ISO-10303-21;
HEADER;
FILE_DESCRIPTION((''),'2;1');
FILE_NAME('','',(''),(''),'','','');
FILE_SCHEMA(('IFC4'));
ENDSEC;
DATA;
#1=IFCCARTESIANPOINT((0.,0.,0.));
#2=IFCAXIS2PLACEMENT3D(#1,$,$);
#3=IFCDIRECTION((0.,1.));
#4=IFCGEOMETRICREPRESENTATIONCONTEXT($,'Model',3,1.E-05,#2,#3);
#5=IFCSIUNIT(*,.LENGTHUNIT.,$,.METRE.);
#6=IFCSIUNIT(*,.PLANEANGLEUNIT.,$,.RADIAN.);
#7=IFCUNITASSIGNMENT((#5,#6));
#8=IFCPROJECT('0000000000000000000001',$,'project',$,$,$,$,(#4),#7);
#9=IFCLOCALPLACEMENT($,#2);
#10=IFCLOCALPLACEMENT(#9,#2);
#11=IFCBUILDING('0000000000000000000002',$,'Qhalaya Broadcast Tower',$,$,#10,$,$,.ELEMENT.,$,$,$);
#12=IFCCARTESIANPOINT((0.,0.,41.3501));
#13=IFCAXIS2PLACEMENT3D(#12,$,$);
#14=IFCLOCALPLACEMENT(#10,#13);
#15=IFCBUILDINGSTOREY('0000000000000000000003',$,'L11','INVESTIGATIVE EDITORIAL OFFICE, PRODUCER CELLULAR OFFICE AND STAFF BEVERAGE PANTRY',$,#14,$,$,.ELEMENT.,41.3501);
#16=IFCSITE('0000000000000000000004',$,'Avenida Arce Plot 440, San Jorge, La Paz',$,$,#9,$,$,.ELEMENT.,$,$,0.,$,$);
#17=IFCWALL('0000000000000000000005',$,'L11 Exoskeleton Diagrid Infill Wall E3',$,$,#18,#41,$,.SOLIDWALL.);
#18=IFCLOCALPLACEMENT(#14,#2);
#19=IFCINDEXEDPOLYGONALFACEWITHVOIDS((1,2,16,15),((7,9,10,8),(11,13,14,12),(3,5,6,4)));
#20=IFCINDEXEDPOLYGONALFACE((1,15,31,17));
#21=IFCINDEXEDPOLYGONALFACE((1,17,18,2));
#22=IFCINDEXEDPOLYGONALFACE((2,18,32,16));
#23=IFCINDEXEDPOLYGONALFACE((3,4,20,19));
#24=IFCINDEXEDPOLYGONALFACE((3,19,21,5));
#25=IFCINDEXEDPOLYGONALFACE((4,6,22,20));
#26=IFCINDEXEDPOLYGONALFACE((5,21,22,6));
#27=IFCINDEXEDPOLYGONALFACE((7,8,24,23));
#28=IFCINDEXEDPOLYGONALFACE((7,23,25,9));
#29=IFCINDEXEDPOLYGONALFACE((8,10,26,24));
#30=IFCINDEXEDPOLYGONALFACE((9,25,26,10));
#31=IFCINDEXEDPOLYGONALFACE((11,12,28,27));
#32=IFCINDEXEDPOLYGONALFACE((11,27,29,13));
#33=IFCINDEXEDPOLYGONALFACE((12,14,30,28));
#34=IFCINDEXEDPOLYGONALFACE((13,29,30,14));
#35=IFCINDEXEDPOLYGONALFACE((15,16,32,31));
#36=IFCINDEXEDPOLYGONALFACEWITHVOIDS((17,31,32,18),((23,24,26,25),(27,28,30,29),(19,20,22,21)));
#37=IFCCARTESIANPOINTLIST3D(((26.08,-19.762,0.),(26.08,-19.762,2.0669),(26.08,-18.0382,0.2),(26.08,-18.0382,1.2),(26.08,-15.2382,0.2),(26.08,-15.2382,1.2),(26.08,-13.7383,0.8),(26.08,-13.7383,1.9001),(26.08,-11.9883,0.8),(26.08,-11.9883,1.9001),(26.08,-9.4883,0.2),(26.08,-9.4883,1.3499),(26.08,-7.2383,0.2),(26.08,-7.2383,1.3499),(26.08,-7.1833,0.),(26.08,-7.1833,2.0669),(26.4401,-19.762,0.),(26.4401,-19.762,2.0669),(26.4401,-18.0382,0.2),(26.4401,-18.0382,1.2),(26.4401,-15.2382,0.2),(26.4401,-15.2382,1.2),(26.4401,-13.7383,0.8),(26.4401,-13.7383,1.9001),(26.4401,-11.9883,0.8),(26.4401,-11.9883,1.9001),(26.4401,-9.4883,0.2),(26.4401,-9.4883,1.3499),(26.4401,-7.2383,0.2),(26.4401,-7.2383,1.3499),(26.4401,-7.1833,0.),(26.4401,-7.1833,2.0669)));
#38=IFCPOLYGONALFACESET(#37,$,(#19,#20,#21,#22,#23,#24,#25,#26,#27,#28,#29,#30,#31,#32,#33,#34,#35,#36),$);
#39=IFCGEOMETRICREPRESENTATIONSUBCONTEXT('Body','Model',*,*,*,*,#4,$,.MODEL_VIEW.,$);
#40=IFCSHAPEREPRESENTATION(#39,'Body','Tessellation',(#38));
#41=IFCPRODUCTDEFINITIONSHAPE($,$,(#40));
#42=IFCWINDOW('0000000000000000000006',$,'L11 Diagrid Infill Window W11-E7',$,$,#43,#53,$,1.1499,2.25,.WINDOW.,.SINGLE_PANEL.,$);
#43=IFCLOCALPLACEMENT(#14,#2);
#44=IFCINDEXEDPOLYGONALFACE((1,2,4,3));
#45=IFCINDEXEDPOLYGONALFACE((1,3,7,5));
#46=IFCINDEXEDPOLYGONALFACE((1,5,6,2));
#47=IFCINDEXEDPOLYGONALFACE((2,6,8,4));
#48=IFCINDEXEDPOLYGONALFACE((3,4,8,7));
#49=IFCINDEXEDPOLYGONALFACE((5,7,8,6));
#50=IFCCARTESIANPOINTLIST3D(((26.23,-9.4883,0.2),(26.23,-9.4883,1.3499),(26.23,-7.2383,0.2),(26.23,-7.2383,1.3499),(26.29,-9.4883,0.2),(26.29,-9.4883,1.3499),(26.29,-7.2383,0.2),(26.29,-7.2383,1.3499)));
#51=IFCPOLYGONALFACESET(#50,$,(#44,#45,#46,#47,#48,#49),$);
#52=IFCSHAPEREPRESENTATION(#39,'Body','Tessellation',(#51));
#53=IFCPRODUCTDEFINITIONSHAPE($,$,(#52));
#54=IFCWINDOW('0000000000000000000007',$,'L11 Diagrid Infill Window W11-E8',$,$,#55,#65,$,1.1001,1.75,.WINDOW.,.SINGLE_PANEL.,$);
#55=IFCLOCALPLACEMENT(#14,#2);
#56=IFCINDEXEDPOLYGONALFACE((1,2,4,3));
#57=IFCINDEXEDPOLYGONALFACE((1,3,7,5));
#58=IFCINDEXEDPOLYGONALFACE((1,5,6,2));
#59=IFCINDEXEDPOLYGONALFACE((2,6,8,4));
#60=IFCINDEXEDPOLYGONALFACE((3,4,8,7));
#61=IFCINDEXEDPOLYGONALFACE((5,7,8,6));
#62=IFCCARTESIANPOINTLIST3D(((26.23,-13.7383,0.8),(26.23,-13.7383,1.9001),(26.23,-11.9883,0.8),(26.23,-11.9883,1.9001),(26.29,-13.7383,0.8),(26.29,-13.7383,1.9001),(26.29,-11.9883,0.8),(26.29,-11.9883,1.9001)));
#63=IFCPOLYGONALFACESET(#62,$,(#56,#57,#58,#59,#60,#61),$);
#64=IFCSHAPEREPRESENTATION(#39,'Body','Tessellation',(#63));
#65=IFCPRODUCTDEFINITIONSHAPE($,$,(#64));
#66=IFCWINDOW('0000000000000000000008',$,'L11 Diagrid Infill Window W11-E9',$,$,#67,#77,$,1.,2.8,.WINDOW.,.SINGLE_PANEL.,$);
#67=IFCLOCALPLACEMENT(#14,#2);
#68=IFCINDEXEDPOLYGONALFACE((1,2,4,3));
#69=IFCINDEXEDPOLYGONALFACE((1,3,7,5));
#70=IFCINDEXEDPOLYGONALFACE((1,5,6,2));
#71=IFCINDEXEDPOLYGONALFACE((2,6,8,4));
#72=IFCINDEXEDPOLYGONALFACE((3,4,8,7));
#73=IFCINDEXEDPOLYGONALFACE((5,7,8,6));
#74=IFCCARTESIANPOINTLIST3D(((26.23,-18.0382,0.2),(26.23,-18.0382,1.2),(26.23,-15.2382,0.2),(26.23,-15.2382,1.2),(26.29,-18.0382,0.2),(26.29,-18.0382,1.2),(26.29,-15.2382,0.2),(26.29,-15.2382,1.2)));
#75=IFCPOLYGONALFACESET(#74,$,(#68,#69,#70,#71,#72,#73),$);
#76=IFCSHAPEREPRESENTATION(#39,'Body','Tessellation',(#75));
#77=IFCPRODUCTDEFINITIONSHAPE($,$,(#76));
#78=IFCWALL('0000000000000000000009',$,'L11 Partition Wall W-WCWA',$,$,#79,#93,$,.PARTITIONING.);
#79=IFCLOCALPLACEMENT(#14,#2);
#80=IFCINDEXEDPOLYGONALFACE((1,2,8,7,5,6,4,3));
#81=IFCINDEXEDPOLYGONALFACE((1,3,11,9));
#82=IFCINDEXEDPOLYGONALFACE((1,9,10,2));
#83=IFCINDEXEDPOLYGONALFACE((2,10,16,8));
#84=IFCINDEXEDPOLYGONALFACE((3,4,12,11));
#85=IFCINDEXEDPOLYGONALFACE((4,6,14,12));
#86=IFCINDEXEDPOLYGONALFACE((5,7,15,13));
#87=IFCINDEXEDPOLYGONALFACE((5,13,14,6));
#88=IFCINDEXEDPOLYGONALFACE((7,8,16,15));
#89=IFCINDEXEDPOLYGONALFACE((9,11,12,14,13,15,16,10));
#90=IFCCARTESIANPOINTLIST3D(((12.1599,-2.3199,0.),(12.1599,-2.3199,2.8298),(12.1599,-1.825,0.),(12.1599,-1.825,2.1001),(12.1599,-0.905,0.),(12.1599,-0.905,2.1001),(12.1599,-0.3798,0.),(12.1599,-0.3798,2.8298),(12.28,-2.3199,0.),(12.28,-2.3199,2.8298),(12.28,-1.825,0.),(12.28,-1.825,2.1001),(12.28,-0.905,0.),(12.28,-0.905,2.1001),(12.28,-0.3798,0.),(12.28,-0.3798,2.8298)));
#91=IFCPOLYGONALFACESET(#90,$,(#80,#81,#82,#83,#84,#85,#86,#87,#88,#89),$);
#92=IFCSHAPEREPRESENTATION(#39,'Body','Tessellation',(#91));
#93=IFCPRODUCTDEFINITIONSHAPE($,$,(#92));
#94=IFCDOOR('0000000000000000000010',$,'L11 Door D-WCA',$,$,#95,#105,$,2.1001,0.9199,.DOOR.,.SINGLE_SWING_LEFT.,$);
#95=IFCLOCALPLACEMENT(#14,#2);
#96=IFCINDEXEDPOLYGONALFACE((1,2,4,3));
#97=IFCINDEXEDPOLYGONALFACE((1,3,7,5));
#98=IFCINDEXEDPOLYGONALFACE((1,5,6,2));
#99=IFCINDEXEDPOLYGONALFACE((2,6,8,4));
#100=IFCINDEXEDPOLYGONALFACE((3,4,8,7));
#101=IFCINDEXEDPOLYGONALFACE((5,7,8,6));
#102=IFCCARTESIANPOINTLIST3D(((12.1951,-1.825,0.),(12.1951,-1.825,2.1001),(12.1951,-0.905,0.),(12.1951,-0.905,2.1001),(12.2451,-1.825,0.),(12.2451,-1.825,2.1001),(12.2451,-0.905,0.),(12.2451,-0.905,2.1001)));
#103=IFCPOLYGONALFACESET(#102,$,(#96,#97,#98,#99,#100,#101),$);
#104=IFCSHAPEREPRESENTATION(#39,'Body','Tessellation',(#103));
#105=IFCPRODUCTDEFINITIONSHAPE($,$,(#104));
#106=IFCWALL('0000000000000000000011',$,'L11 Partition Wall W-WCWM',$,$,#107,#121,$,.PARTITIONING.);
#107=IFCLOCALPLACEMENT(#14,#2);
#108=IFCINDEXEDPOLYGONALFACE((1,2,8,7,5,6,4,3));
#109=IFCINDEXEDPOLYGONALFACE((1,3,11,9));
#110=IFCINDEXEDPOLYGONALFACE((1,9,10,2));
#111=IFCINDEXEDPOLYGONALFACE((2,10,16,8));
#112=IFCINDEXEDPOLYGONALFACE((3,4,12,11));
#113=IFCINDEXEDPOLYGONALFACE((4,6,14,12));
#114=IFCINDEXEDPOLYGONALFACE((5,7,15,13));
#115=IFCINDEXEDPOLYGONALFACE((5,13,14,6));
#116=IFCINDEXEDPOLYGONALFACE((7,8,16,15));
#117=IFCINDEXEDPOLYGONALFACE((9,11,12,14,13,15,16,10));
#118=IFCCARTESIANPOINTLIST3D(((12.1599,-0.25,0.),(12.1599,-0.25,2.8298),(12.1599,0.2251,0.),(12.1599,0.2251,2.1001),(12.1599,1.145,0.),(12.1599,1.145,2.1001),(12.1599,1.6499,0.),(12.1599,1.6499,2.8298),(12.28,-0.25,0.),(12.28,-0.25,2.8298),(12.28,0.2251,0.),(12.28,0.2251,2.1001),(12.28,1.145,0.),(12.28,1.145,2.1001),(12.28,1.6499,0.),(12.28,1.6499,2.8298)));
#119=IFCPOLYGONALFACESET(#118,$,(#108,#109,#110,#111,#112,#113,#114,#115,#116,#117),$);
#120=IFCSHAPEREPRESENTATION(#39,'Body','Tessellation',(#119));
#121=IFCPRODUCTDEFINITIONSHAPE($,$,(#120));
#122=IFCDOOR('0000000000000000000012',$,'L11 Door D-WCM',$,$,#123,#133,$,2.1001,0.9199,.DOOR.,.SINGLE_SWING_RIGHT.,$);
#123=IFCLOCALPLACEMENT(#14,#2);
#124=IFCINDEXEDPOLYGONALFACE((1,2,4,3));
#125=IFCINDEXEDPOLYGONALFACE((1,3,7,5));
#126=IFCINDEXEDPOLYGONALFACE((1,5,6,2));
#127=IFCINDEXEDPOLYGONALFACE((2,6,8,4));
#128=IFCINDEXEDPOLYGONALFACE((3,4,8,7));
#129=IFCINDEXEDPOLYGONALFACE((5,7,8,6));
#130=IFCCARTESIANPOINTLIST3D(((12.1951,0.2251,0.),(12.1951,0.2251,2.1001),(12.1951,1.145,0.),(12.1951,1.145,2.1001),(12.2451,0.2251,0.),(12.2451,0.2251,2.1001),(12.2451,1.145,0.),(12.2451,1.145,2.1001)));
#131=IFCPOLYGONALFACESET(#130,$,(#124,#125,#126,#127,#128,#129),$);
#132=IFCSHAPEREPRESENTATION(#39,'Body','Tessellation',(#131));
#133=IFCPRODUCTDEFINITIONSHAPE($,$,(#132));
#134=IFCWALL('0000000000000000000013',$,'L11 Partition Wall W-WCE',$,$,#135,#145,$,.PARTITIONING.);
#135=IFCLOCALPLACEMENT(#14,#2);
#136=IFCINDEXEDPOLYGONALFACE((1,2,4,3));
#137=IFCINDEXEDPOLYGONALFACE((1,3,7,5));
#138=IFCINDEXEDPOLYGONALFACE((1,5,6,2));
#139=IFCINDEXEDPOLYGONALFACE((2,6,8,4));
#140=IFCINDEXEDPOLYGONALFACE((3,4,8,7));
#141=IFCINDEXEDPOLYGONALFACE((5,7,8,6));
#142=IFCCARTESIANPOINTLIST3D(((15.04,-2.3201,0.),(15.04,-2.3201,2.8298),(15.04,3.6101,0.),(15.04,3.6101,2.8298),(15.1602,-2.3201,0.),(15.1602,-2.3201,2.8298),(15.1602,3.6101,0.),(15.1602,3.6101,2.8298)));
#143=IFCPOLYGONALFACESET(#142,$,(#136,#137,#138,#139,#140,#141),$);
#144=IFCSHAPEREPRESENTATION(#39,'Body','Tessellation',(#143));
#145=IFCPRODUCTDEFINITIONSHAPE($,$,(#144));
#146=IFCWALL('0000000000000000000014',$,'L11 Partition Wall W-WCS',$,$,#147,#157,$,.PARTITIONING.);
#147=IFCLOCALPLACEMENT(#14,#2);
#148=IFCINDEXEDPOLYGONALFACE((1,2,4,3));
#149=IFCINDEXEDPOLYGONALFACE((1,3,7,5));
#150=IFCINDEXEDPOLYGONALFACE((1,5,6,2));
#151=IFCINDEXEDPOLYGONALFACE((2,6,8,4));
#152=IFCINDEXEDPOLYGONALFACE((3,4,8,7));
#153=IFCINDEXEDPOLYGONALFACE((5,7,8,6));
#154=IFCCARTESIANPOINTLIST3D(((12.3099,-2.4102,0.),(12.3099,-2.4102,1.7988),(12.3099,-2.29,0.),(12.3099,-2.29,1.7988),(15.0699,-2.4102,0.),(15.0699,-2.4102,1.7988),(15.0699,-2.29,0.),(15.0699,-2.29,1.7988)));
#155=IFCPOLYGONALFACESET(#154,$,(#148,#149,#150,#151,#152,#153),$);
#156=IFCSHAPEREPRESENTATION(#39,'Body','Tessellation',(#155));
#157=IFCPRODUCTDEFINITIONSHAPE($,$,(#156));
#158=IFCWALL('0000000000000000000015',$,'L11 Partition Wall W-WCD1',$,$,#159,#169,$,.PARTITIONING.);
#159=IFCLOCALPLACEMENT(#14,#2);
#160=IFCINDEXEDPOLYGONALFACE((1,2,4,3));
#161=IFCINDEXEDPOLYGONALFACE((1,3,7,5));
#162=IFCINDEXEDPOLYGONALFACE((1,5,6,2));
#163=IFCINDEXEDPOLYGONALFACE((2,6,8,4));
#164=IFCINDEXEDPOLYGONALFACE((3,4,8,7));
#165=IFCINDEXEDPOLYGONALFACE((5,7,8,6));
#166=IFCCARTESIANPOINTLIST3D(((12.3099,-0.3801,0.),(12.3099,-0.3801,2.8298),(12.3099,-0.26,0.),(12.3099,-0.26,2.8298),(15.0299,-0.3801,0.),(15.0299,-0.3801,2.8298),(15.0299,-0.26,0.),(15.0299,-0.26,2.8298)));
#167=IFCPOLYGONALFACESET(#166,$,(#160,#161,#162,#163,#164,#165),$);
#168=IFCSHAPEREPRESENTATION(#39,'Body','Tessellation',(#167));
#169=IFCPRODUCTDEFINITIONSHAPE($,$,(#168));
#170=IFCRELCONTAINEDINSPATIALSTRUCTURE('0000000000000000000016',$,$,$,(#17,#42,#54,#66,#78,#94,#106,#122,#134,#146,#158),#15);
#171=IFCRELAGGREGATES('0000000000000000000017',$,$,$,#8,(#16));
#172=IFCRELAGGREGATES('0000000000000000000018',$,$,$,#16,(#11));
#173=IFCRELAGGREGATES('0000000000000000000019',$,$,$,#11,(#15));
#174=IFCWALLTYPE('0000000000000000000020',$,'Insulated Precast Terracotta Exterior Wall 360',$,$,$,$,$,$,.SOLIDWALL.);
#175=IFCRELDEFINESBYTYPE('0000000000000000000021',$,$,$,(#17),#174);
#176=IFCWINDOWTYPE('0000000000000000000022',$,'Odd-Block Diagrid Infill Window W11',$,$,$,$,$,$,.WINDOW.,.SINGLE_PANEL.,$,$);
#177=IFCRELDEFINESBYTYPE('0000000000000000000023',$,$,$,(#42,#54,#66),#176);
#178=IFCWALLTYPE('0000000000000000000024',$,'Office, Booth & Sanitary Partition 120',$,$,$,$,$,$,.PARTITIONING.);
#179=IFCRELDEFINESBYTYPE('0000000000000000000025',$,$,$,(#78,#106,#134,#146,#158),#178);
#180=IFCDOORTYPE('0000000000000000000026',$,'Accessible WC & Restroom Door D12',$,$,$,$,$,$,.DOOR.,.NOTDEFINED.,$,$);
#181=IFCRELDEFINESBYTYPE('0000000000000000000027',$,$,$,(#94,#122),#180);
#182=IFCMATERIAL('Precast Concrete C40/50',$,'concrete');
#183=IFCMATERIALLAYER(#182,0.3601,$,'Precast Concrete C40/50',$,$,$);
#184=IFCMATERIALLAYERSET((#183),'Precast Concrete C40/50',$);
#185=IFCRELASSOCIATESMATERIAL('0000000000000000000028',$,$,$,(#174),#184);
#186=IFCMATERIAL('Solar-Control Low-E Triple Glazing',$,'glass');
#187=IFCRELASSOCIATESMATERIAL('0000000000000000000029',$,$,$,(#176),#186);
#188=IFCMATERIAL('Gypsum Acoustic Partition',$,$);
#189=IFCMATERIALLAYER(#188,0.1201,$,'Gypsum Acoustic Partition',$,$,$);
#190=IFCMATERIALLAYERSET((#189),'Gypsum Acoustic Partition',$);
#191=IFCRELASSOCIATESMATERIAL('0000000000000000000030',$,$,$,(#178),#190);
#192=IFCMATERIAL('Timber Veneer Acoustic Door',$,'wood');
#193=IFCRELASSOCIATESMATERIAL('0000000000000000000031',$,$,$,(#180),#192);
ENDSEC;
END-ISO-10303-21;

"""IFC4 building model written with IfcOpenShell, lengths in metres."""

from ifc_helpers import new_model, si_unit, direction, frame, frame_2d, origin, place, context, subcontext, project, spatial, rectangle, extrude, material, layer, layer_set, type_object, element, fill, save


model = new_model("IFC4")

# Units and contexts
model_context = context("Model", 3, precision=1e-05, world=origin(), true_north=direction((0.0, 1.0)))
body_context = subcontext(model_context, "Body", "Model", "MODEL_VIEW")
ifc_project = project(units=[si_unit("LENGTHUNIT", "METRE"), si_unit("PLANEANGLEUNIT", "RADIAN")], contexts=[model_context])

# Site, building, storey
site_placement = place(None, origin())
site = spatial("IfcSite", under=ifc_project, at=site_placement, Name="Avenida Arce Plot 440, San Jorge, La Paz", CompositionType="ELEMENT", RefElevation=0.0)
building_placement = place(site_placement, origin())
building = spatial("IfcBuilding", under=site, at=building_placement, Name="Qhalaya Broadcast Tower", CompositionType="ELEMENT")
storey_placement = place(building_placement, frame((0.0, 0.0, 41.3501)))
storey = spatial("IfcBuildingStorey", under=building, at=storey_placement, Name="L11", Description="INVESTIGATIVE EDITORIAL OFFICE, PRODUCER CELLULAR OFFICE AND STAFF BEVERAGE PANTRY", CompositionType="ELEMENT", Elevation=41.3501)

# Wall, openings, windows
ifc_material_1 = material(Name="Precast Concrete C40/50", Category="concrete")
ifc_layer_1 = layer(ifc_material_1, 0.3601, Name="Precast Concrete C40/50")
ifc_layer_set_1 = layer_set([ifc_layer_1], Name="Precast Concrete C40/50")
wall_type_1 = type_object("IfcWallType", Name="Insulated Precast Terracotta Exterior Wall 360", PredefinedType="SOLIDWALL", material=ifc_layer_set_1)
wall_1_placement = place(storey_placement, frame((26.26, -7.1833, 0.0), z_axis=(0.0, 0.0, 1.0), x_axis=(0.0, -1.0, 0.0)))
wall_1 = element("IfcWall", 1, at=wall_1_placement, inside=storey, type_object=wall_type_1, Name="L11 Exoskeleton Diagrid Infill Wall E3", PredefinedType="SOLIDWALL", context=body_context, shape_type="SweptSolid", body=[
    extrude(rectangle(XDim=12.5786, YDim=0.3601, at=frame_2d((6.2893, 0.0))), origin(), (0.0, 0.0, 1.0), 2.0669),
])
opening_1_placement = place(wall_1_placement, frame((0.0549, 0.0, 0.2)))
opening_1 = element("IfcOpeningElement", 2, at=opening_1_placement, cuts=wall_1, PredefinedType="OPENING", context=body_context, shape_type="SweptSolid", body=[
    extrude(rectangle(XDim=2.25, YDim=1.1499, at=frame_2d((1.125, 0.575))), frame((0.0, 0.1921, 0.0), z_axis=(0.0, -1.0, 0.0), x_axis=(1.0, 0.0, 0.0)), (0.0, 0.0, 1.0), 0.384),
])
opening_2_placement = place(wall_1_placement, frame((4.8049, 0.0, 0.8)))
opening_2 = element("IfcOpeningElement", 3, at=opening_2_placement, cuts=wall_1, PredefinedType="OPENING", context=body_context, shape_type="SweptSolid", body=[
    extrude(rectangle(XDim=1.75, YDim=1.1001, at=frame_2d((0.875, 0.55))), frame((0.0, 0.1921, 0.0), z_axis=(0.0, -1.0, 0.0), x_axis=(1.0, 0.0, 0.0)), (0.0, 0.0, 1.0), 0.384),
])
opening_3_placement = place(wall_1_placement, frame((8.0549, 0.0, 0.2)))
opening_3 = element("IfcOpeningElement", 4, at=opening_3_placement, cuts=wall_1, PredefinedType="OPENING", context=body_context, shape_type="SweptSolid", body=[
    extrude(rectangle(XDim=2.8, YDim=1.0, at=frame_2d((1.3999, 0.5))), frame((0.0, 0.1921, 0.0), z_axis=(0.0, -1.0, 0.0), x_axis=(1.0, 0.0, 0.0)), (0.0, 0.0, 1.0), 0.384),
])
ifc_material_2 = material(Name="Solar-Control Low-E Triple Glazing", Category="glass")
window_type = type_object("IfcWindowType", Name="Odd-Block Diagrid Infill Window W11", PartitioningType="SINGLE_PANEL", PredefinedType="WINDOW", material=ifc_material_2)
window_1_placement = place(opening_1_placement, origin())
window_1 = element("IfcWindow", 5, at=window_1_placement, inside=storey, type_object=window_type, Name="L11 Diagrid Infill Window W11-E7", OverallHeight=1.1499, OverallWidth=2.25, PartitioningType="SINGLE_PANEL", PredefinedType="WINDOW", context=body_context, shape_type="SweptSolid", body=[
    extrude(rectangle(XDim=2.25, YDim=1.1499, at=frame_2d((1.125, 0.575))), frame((0.0, 0.03, 0.0), z_axis=(0.0, -1.0, 0.0), x_axis=(1.0, 0.0, 0.0)), (0.0, 0.0, 1.0), 0.0601),
])
fill(opening_1, window_1)
window_2_placement = place(opening_2_placement, origin())
window_2 = element("IfcWindow", 6, at=window_2_placement, inside=storey, type_object=window_type, Name="L11 Diagrid Infill Window W11-E8", OverallHeight=1.1001, OverallWidth=1.75, PartitioningType="SINGLE_PANEL", PredefinedType="WINDOW", context=body_context, shape_type="SweptSolid", body=[
    extrude(rectangle(XDim=1.75, YDim=1.1001, at=frame_2d((0.875, 0.55))), frame((0.0, 0.03, 0.0), z_axis=(0.0, -1.0, 0.0), x_axis=(1.0, 0.0, 0.0)), (0.0, 0.0, 1.0), 0.0601),
])
fill(opening_2, window_2)
window_3_placement = place(opening_3_placement, origin())
window_3 = element("IfcWindow", 7, at=window_3_placement, inside=storey, type_object=window_type, Name="L11 Diagrid Infill Window W11-E9", OverallHeight=1.0, OverallWidth=2.8, PartitioningType="SINGLE_PANEL", PredefinedType="WINDOW", context=body_context, shape_type="SweptSolid", body=[
    extrude(rectangle(XDim=2.8, YDim=1.0, at=frame_2d((1.3999, 0.5))), frame((0.0, 0.03, 0.0), z_axis=(0.0, -1.0, 0.0), x_axis=(1.0, 0.0, 0.0)), (0.0, 0.0, 1.0), 0.0601),
])
fill(opening_3, window_3)

# Walls, openings, doors
ifc_material_3 = material(Name="Gypsum Acoustic Partition")
ifc_layer_2 = layer(ifc_material_3, 0.1201, Name="Gypsum Acoustic Partition")
ifc_layer_set_2 = layer_set([ifc_layer_2], Name="Gypsum Acoustic Partition")
wall_type_2 = type_object("IfcWallType", Name="Office, Booth & Sanitary Partition 120", PredefinedType="PARTITIONING", material=ifc_layer_set_2)
wall_2_placement = place(storey_placement, frame((12.22, -2.3201, 0.0), z_axis=(0.0, 0.0, 1.0), x_axis=(0.0, 1.0, 0.0)))
wall_2 = element("IfcWall", 8, at=wall_2_placement, inside=storey, type_object=wall_type_2, Name="L11 Partition Wall W-WCWA", PredefinedType="PARTITIONING", context=body_context, shape_type="SweptSolid", body=[
    extrude(rectangle(XDim=1.9402, YDim=0.1201, at=frame_2d((0.9702, 0.0))), origin(), (0.0, 0.0, 1.0), 2.8298),
])
opening_4_placement = place(wall_2_placement, frame((0.4951, 0.0, 0.0)))
opening_4 = element("IfcOpeningElement", 9, at=opening_4_placement, cuts=wall_2, PredefinedType="OPENING", context=body_context, shape_type="SweptSolid", body=[
    extrude(rectangle(XDim=0.9199, YDim=2.1001, at=frame_2d((0.46, 1.05))), frame((0.0, 0.072, 0.0), z_axis=(0.0, -1.0, 0.0), x_axis=(1.0, 0.0, 0.0)), (0.0, 0.0, 1.0), 0.144),
])
ifc_material_4 = material(Name="Timber Veneer Acoustic Door", Category="wood")
door_type = type_object("IfcDoorType", Name="Accessible WC & Restroom Door D12", OperationType="NOTDEFINED", PredefinedType="DOOR", material=ifc_material_4)
door_1_placement = place(opening_4_placement, origin())
door_1 = element("IfcDoor", 10, at=door_1_placement, inside=storey, type_object=door_type, Name="L11 Door D-WCA", OperationType="SINGLE_SWING_LEFT", OverallHeight=2.1001, OverallWidth=0.9199, PredefinedType="DOOR", context=body_context, shape_type="SweptSolid", body=[
    extrude(rectangle(XDim=0.9199, YDim=2.1001, at=frame_2d((0.46, 1.05))), frame((0.0, 0.0249, 0.0), z_axis=(0.0, -1.0, 0.0), x_axis=(1.0, 0.0, 0.0)), (0.0, 0.0, 1.0), 0.05),
])
fill(opening_4, door_1)
wall_3_placement = place(storey_placement, frame((12.22, -0.25, 0.0), z_axis=(0.0, 0.0, 1.0), x_axis=(0.0, 1.0, 0.0)))
wall_3 = element("IfcWall", 11, at=wall_3_placement, inside=storey, type_object=wall_type_2, Name="L11 Partition Wall W-WCWM", PredefinedType="PARTITIONING", context=body_context, shape_type="SweptSolid", body=[
    extrude(rectangle(XDim=1.8999, YDim=0.1201, at=frame_2d((0.95, 0.0))), origin(), (0.0, 0.0, 1.0), 2.8298),
])
opening_5_placement = place(wall_3_placement, frame((0.4751, 0.0, 0.0)))
opening_5 = element("IfcOpeningElement", 12, at=opening_5_placement, cuts=wall_3, PredefinedType="OPENING", context=body_context, shape_type="SweptSolid", body=[
    extrude(rectangle(XDim=0.9199, YDim=2.1001, at=frame_2d((0.46, 1.05))), frame((0.0, 0.072, 0.0), z_axis=(0.0, -1.0, 0.0), x_axis=(1.0, 0.0, 0.0)), (0.0, 0.0, 1.0), 0.144),
])
door_2_placement = place(opening_5_placement, origin())
door_2 = element("IfcDoor", 13, at=door_2_placement, inside=storey, type_object=door_type, Name="L11 Door D-WCM", OperationType="SINGLE_SWING_RIGHT", OverallHeight=2.1001, OverallWidth=0.9199, PredefinedType="DOOR", context=body_context, shape_type="SweptSolid", body=[
    extrude(rectangle(XDim=0.9199, YDim=2.1001, at=frame_2d((0.46, 1.05))), frame((0.0, 0.0249, 0.0), z_axis=(0.0, -1.0, 0.0), x_axis=(1.0, 0.0, 0.0)), (0.0, 0.0, 1.0), 0.05),
])
fill(opening_5, door_2)

# Walls
wall_4_placement = place(storey_placement, frame((15.1001, -2.3201, 0.0), z_axis=(0.0, 0.0, 1.0), x_axis=(0.0, 1.0, 0.0)))
element("IfcWall", 14, at=wall_4_placement, inside=storey, type_object=wall_type_2, Name="L11 Partition Wall W-WCE", PredefinedType="PARTITIONING", context=body_context, shape_type="SweptSolid", body=[
    extrude(rectangle(XDim=5.9302, YDim=0.1201, at=frame_2d((2.9651, 0.0))), origin(), (0.0, 0.0, 1.0), 2.8298),
])
wall_5_placement = place(storey_placement, frame((12.3101, -2.3501, 0.0), z_axis=(0.0, 0.0, 1.0), x_axis=(1.0, 0.0, 0.0)))
element("IfcWall", 15, at=wall_5_placement, inside=storey, type_object=wall_type_2, Name="L11 Partition Wall W-WCS", PredefinedType="PARTITIONING", context=body_context, shape_type="SweptSolid", body=[
    extrude(rectangle(XDim=2.76, YDim=0.1201, at=frame_2d((1.3799, 0.0))), origin(), (0.0, 0.0, 1.0), 1.7988),
])
wall_6_placement = place(storey_placement, frame((12.3101, -0.3201, 0.0), z_axis=(0.0, 0.0, 1.0), x_axis=(1.0, 0.0, 0.0)))
element("IfcWall", 16, at=wall_6_placement, inside=storey, type_object=wall_type_2, Name="L11 Partition Wall W-WCD1", PredefinedType="PARTITIONING", context=body_context, shape_type="SweptSolid", body=[
    extrude(rectangle(XDim=2.72, YDim=0.1201, at=frame_2d((1.3599, 0.0))), origin(), (0.0, 0.0, 1.0), 2.8298),
])

save(model, "model.ifc")
